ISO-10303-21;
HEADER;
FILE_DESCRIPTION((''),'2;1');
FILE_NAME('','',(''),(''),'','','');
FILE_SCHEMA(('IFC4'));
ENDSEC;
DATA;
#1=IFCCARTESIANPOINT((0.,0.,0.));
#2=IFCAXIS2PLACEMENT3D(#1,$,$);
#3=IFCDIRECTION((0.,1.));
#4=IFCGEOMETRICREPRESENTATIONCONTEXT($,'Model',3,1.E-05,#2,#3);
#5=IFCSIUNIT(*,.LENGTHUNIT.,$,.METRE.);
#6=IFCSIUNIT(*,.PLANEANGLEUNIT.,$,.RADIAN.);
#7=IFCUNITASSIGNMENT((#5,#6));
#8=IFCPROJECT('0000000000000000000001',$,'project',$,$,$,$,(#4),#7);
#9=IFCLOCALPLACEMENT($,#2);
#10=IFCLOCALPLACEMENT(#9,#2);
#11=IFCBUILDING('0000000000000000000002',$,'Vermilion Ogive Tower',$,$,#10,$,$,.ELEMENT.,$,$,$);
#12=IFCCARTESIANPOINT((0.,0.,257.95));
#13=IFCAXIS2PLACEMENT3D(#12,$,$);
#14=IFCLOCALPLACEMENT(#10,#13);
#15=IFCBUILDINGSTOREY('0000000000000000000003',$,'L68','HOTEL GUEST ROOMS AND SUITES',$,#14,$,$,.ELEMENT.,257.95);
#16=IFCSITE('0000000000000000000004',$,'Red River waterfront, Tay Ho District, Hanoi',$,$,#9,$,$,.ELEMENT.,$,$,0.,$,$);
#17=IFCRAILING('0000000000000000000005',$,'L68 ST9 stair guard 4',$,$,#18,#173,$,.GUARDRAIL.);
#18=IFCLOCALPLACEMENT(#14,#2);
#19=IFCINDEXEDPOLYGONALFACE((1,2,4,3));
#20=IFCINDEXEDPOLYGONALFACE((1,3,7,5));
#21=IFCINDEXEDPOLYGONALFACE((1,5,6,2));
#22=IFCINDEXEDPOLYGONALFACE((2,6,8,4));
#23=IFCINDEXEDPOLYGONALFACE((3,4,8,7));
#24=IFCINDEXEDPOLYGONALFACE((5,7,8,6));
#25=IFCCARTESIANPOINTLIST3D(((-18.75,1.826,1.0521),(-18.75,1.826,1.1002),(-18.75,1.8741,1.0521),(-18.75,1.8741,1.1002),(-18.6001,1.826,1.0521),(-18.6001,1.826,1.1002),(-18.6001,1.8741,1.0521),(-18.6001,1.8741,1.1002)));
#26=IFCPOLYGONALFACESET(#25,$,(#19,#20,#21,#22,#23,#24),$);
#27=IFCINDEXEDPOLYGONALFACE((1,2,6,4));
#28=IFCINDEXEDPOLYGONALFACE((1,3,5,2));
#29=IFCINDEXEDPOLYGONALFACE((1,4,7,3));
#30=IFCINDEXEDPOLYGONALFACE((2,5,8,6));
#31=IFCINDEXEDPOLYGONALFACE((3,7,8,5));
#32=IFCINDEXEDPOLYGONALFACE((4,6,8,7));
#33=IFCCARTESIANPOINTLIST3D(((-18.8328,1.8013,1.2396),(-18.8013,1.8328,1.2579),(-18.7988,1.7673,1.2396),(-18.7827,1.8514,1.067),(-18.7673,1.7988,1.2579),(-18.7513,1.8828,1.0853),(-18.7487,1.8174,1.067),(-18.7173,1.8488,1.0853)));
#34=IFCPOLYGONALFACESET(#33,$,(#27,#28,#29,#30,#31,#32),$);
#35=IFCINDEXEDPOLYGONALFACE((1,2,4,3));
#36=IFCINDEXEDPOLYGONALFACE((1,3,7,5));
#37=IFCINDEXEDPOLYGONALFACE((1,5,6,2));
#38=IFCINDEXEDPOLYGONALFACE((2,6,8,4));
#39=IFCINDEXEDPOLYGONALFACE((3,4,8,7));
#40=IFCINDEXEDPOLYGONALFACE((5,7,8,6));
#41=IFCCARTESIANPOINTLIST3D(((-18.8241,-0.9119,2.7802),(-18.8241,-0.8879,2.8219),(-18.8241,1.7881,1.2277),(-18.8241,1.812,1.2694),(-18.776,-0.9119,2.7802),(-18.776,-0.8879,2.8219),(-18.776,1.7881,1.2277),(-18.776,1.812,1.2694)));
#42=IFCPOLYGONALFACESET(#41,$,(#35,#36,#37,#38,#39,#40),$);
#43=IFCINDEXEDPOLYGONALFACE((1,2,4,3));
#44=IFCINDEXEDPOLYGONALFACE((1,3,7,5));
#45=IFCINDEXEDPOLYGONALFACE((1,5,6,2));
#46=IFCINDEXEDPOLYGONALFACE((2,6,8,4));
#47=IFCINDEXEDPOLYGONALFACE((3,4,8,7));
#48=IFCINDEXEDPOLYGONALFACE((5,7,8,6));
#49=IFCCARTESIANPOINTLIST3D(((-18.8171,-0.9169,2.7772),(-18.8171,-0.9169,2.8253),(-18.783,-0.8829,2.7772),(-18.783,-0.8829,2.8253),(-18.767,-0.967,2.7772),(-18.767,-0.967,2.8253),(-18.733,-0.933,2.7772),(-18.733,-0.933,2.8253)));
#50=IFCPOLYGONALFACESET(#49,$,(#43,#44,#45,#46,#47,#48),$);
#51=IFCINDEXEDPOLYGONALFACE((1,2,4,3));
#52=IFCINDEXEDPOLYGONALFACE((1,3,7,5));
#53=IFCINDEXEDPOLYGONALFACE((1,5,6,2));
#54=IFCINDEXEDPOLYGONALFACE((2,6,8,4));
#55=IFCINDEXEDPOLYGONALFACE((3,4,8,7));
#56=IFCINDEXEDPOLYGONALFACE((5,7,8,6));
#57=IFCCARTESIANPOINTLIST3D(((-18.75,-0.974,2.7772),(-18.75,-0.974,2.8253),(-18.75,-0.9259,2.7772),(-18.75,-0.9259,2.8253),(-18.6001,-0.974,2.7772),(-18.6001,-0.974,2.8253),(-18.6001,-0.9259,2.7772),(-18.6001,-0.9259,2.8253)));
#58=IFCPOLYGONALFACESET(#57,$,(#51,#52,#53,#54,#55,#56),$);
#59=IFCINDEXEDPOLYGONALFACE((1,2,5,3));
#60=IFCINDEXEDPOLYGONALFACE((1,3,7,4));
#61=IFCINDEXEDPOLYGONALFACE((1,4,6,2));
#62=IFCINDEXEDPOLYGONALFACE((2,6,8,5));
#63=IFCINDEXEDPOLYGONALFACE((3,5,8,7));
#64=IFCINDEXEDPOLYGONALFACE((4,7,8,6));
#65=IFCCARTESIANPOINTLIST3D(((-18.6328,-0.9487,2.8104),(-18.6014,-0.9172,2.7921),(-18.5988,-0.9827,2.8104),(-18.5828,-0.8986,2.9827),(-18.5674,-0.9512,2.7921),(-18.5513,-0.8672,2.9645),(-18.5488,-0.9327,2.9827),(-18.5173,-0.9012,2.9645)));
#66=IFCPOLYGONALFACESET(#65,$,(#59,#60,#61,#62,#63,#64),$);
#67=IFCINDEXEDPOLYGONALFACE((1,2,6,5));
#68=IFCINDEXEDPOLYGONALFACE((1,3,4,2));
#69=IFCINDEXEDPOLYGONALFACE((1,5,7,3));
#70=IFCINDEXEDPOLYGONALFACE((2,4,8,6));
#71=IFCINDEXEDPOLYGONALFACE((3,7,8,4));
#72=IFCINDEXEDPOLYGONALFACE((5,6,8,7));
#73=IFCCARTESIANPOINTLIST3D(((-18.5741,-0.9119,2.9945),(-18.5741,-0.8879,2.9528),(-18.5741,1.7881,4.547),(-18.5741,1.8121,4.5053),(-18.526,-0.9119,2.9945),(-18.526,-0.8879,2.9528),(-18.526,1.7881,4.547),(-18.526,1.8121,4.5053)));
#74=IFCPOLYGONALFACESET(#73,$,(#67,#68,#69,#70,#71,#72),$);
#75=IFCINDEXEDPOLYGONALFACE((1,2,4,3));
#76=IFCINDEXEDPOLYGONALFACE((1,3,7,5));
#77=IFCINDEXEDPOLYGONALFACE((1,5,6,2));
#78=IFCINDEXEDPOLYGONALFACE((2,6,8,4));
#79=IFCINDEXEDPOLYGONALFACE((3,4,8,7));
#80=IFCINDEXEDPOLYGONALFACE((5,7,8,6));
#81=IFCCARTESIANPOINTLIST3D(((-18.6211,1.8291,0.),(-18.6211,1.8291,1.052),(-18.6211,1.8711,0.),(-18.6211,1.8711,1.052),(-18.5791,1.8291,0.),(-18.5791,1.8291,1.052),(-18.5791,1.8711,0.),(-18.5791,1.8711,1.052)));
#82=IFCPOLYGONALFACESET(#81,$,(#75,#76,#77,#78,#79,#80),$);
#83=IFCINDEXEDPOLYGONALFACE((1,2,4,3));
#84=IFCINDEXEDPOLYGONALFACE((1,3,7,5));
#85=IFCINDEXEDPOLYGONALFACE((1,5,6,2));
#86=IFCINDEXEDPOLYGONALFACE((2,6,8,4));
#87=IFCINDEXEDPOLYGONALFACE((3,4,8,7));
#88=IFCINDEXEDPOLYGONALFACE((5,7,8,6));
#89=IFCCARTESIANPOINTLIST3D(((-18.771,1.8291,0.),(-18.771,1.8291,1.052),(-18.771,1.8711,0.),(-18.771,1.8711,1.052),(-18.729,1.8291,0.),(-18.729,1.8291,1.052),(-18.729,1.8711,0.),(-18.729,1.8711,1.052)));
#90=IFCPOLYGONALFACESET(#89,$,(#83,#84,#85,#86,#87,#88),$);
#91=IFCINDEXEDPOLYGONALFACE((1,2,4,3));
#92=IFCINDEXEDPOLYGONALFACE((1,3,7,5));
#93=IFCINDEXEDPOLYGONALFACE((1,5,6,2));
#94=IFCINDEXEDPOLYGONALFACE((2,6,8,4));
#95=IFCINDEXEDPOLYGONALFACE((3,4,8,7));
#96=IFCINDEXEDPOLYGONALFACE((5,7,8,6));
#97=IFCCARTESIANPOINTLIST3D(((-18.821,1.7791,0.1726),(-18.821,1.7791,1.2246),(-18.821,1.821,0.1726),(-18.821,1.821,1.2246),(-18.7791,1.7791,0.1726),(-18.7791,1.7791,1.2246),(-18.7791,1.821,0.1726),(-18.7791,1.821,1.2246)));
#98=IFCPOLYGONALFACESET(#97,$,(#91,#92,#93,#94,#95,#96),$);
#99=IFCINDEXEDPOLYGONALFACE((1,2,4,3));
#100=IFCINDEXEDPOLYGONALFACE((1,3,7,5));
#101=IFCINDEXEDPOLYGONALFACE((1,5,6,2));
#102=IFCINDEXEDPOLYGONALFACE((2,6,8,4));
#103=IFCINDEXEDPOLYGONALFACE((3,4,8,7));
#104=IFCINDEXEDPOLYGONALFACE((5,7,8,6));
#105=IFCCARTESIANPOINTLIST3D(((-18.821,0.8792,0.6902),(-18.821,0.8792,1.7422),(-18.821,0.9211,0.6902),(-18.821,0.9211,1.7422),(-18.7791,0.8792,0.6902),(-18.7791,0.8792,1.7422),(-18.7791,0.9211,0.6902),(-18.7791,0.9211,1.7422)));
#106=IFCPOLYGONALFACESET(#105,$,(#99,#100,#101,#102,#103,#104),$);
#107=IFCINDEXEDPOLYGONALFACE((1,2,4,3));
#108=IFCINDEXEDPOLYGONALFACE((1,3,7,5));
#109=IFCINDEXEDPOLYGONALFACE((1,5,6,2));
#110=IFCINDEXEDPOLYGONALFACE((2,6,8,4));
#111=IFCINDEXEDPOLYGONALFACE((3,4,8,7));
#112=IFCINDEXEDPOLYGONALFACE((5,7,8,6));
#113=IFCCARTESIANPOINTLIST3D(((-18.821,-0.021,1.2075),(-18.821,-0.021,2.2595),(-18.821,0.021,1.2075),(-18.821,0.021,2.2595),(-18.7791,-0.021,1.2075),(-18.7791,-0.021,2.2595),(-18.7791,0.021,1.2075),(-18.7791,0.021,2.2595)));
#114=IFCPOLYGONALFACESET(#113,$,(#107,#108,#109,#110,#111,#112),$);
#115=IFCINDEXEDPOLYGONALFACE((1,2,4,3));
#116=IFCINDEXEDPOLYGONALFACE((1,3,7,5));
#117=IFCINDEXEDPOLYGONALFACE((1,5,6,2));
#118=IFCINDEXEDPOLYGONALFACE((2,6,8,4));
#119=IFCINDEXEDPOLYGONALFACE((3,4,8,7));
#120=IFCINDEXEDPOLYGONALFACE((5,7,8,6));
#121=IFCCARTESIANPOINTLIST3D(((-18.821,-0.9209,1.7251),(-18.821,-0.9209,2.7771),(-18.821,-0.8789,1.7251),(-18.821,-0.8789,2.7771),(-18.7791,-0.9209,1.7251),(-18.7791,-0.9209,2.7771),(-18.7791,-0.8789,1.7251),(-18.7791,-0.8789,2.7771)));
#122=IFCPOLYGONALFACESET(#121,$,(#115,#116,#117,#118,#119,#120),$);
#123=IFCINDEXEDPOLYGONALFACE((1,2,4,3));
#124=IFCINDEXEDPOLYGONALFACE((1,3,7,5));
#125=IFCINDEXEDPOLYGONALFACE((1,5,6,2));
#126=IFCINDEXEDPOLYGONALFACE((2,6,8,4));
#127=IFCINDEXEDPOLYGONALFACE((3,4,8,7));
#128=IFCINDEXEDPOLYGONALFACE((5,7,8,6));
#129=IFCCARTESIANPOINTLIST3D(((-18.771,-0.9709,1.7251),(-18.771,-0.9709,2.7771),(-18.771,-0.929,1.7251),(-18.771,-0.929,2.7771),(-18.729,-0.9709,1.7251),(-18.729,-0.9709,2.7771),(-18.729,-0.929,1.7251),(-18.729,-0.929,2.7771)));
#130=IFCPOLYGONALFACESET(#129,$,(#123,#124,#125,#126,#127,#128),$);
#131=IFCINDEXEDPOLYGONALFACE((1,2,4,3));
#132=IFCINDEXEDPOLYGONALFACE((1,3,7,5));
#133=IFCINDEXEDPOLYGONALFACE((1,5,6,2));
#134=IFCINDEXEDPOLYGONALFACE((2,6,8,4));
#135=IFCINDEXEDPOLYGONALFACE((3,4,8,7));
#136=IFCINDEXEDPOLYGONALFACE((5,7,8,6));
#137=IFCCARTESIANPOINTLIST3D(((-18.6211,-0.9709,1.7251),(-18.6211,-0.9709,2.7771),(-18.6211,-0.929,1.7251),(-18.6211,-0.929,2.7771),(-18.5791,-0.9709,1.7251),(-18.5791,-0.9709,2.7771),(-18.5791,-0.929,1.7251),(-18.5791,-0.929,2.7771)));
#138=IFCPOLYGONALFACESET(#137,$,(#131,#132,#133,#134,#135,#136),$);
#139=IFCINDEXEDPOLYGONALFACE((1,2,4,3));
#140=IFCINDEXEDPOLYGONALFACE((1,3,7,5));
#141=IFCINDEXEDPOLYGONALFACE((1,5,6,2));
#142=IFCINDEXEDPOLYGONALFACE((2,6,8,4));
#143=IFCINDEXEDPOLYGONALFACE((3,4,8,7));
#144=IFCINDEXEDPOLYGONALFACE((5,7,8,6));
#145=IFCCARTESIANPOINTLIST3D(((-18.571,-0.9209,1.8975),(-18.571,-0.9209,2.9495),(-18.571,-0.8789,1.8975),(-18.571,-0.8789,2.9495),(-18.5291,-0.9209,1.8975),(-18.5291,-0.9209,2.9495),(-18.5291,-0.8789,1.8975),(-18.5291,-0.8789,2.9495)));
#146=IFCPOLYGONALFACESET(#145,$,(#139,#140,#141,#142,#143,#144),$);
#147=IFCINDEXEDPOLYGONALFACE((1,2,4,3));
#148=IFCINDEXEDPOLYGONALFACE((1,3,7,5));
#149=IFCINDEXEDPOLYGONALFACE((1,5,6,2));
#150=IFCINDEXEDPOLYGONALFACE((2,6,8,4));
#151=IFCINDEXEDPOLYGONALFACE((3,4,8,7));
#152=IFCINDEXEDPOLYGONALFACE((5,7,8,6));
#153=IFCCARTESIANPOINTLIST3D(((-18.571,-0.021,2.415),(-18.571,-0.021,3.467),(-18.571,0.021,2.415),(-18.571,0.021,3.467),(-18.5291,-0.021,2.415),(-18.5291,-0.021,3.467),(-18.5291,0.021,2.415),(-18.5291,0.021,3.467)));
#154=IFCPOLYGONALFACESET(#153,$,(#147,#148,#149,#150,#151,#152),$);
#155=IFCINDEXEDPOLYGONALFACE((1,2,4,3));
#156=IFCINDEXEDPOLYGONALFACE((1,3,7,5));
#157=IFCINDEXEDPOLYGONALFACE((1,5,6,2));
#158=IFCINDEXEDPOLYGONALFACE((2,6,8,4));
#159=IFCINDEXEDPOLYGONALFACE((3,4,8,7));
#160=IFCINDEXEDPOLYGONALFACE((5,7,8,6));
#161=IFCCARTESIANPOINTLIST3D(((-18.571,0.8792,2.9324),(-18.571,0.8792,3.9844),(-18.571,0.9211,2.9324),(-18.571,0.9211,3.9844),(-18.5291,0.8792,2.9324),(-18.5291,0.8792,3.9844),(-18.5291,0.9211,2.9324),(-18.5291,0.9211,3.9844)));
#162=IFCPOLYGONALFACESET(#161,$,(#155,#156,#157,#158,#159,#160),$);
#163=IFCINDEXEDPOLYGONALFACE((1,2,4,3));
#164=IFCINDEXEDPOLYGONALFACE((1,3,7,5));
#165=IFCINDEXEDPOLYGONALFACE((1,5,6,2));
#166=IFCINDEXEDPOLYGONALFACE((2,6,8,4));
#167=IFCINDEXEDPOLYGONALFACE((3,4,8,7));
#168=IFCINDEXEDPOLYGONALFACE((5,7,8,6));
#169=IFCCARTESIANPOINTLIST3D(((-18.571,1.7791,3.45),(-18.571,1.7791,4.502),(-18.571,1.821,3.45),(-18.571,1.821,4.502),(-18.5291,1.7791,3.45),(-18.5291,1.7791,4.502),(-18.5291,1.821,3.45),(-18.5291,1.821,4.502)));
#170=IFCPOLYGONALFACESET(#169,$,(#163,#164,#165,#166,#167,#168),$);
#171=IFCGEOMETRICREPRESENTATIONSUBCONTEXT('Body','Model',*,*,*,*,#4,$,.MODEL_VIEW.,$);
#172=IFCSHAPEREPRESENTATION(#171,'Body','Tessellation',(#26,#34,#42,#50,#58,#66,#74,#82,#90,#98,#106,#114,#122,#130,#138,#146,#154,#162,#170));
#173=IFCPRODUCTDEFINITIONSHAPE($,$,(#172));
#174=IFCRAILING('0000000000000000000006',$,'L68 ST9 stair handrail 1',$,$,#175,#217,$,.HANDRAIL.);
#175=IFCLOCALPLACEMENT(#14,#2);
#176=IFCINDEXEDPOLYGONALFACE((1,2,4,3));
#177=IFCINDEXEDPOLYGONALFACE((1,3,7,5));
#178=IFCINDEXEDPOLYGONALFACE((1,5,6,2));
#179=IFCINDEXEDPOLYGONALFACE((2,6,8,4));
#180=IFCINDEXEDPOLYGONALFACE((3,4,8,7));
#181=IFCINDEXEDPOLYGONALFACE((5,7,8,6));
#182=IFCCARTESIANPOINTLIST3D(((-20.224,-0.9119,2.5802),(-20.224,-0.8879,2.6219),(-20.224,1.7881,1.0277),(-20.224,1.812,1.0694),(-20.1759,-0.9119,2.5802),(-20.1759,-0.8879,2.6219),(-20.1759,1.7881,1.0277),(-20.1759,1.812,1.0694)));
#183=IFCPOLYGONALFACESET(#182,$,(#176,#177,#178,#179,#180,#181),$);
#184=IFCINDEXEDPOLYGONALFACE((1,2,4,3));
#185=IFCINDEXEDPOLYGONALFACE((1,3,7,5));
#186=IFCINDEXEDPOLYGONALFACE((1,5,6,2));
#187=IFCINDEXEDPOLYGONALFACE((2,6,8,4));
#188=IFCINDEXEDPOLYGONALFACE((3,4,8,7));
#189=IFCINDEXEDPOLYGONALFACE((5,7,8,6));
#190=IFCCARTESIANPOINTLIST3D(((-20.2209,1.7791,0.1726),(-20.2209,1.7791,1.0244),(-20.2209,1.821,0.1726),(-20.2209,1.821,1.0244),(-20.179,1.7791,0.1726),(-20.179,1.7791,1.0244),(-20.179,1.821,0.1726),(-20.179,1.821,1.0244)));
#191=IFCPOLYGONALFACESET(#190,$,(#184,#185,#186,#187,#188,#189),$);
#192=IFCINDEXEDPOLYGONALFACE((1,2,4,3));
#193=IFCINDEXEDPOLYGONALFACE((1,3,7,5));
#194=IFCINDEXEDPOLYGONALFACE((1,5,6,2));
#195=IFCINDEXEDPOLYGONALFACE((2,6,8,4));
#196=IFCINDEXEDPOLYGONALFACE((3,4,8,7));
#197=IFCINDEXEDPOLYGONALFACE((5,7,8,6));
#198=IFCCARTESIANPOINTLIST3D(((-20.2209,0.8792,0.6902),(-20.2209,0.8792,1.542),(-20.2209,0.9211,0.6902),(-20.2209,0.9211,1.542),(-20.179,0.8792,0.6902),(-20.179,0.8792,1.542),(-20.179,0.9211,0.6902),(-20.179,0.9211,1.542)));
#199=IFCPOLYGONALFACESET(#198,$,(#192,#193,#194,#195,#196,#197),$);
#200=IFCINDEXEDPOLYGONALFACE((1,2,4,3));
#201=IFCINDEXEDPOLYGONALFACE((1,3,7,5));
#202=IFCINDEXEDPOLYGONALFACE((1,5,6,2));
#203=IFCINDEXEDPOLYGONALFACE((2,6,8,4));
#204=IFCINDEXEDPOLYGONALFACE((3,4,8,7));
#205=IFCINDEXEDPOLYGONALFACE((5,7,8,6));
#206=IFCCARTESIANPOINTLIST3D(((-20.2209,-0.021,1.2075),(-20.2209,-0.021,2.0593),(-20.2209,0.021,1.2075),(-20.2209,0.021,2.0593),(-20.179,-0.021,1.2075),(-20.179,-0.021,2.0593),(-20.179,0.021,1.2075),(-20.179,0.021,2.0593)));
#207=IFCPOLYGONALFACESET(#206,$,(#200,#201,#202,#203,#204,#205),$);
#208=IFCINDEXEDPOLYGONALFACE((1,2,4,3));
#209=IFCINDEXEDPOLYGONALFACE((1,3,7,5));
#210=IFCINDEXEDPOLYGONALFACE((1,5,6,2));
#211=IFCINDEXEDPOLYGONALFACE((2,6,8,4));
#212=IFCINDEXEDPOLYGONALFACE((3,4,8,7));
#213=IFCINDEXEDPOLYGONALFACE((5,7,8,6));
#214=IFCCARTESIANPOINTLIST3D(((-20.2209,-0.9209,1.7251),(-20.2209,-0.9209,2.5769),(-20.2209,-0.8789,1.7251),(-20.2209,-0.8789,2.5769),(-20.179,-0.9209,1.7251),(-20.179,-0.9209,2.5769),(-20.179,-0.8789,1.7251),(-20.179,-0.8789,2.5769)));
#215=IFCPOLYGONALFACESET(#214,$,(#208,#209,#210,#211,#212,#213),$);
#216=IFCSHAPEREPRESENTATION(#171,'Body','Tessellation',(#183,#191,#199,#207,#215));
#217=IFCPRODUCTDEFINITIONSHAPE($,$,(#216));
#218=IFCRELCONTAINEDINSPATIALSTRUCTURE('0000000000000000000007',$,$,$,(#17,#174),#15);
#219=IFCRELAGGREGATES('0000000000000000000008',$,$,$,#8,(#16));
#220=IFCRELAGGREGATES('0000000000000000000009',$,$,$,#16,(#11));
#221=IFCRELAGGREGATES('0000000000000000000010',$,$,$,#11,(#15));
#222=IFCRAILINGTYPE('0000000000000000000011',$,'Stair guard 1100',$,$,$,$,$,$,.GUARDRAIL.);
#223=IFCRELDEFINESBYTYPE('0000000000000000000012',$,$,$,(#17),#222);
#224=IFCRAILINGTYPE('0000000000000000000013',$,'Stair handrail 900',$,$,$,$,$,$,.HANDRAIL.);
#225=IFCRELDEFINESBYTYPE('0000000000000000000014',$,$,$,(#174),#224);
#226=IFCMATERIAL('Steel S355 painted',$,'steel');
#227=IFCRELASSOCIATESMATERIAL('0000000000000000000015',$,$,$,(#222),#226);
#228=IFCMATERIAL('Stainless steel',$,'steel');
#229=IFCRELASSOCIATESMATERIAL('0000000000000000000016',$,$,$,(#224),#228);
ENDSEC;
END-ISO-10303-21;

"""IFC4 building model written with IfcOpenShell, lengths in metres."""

from ifc_helpers import new_model, si_unit, direction, frame, origin, origin_2d, place, context, subcontext, project, spatial, rectangle, extrude, material, type_object, element, save


model = new_model("IFC4")

# Units and contexts
model_context = context("Model", 3, precision=1e-05, world=origin(), true_north=direction((0.0, 1.0)))
body_context = subcontext(model_context, "Body", "Model", "MODEL_VIEW")
ifc_project = project(units=[si_unit("LENGTHUNIT", "METRE"), si_unit("PLANEANGLEUNIT", "RADIAN")], contexts=[model_context])

# Site, building, storey
site_placement = place(None, origin())
site = spatial("IfcSite", under=ifc_project, at=site_placement, Name="Red River waterfront, Tay Ho District, Hanoi", CompositionType="ELEMENT", RefElevation=0.0)
building_placement = place(site_placement, origin())
building = spatial("IfcBuilding", under=site, at=building_placement, Name="Vermilion Ogive Tower", CompositionType="ELEMENT")
storey_placement = place(building_placement, frame((0.0, 0.0, 257.95)))
storey = spatial("IfcBuildingStorey", under=building, at=storey_placement, Name="L68", Description="HOTEL GUEST ROOMS AND SUITES", CompositionType="ELEMENT", Elevation=257.95)

# Railings
ifc_material_1 = material(Name="Steel S355 painted", Category="steel")
railing_type_1 = type_object("IfcRailingType", Name="Stair guard 1100", PredefinedType="GUARDRAIL", material=ifc_material_1)
railing_1_placement = place(storey_placement, frame((-18.6001, 1.8501, 0.0)))
element("IfcRailing", 1, at=railing_1_placement, inside=storey, type_object=railing_type_1, Name="L68 ST9 stair guard 4", PredefinedType="GUARDRAIL", context=body_context, shape_type="SweptSolid", body=[
    extrude(rectangle(XDim=0.0481, YDim=0.0481, at=origin_2d()), frame((0.0, 0.0, 1.0762), z_axis=(-1.0, 0.0, 0.0), x_axis=(0.0, -1.0, 0.0)), (0.0, 0.0, 1.0), 0.1499),
    extrude(rectangle(XDim=0.0481, YDim=0.0481, at=origin_2d()), frame((-0.1499, 0.0, 1.0762), z_axis=(-0.268278, -0.268278, 0.925232), x_axis=(0.707107, -0.707107, 0.0)), (0.0, 0.0, 1.0), 0.1865),
    extrude(rectangle(XDim=0.0481, YDim=0.0481, at=origin_2d()), frame((-0.2, -0.05, 1.2485), z_axis=(0.0, -0.866904, 0.498476), x_axis=(1.0, 0.0, 0.0)), (0.0, 0.0, 1.0), 3.1145),
    extrude(rectangle(XDim=0.0481, YDim=0.0481, at=origin_2d()), frame((-0.2, -2.75, 2.8013), z_axis=(0.707107, -0.707107, 0.0), x_axis=(0.707107, 0.707107, 0.0)), (0.0, 0.0, 1.0), 0.0708),
    extrude(rectangle(XDim=0.0481, YDim=0.0481, at=origin_2d()), frame((-0.1499, -2.8, 2.8013), z_axis=(1.0, 0.0, 0.0), x_axis=(0.0, 1.0, 0.0)), (0.0, 0.0, 1.0), 0.1499),
    extrude(rectangle(XDim=0.0481, YDim=0.0481, at=origin_2d()), frame((0.0, -2.8, 2.8013), z_axis=(0.268603, 0.268603, 0.925043), x_axis=(-0.707107, 0.707107, 0.0)), (0.0, 0.0, 1.0), 0.1863),
    extrude(rectangle(XDim=0.0481, YDim=0.0481, at=origin_2d()), frame((0.05, -2.75, 2.9736), z_axis=(0.0, 0.866904, 0.498476), x_axis=(-1.0, 0.0, 0.0)), (0.0, 0.0, 1.0), 3.1145),
    extrude(rectangle(XDim=0.042, YDim=0.042, at=origin_2d()), origin(), (0.0, 0.0, 1.0), 1.052),
    extrude(rectangle(XDim=0.042, YDim=0.042, at=origin_2d()), frame((-0.1499, 0.0, 0.0)), (0.0, 0.0, 1.0), 1.052),
    extrude(rectangle(XDim=0.042, YDim=0.042, at=origin_2d()), frame((-0.2, -0.05, 0.1726)), (0.0, 0.0, 1.0), 1.052),
    extrude(rectangle(XDim=0.042, YDim=0.042, at=origin_2d()), frame((-0.2, -0.95, 0.6902)), (0.0, 0.0, 1.0), 1.052),
    extrude(rectangle(XDim=0.042, YDim=0.042, at=origin_2d()), frame((-0.2, -1.8501, 1.2075)), (0.0, 0.0, 1.0), 1.052),
    extrude(rectangle(XDim=0.042, YDim=0.042, at=origin_2d()), frame((-0.2, -2.75, 1.7251)), (0.0, 0.0, 1.0), 1.052),
    extrude(rectangle(XDim=0.042, YDim=0.042, at=origin_2d()), frame((-0.1499, -2.8, 1.7251)), (0.0, 0.0, 1.0), 1.052),
    extrude(rectangle(XDim=0.042, YDim=0.042, at=origin_2d()), frame((0.0, -2.8, 1.7251)), (0.0, 0.0, 1.0), 1.052),
    extrude(rectangle(XDim=0.042, YDim=0.042, at=origin_2d()), frame((0.05, -2.75, 1.8975)), (0.0, 0.0, 1.0), 1.052),
    extrude(rectangle(XDim=0.042, YDim=0.042, at=origin_2d()), frame((0.05, -1.8501, 2.415)), (0.0, 0.0, 1.0), 1.052),
    extrude(rectangle(XDim=0.042, YDim=0.042, at=origin_2d()), frame((0.05, -0.95, 2.9324)), (0.0, 0.0, 1.0), 1.052),
    extrude(rectangle(XDim=0.042, YDim=0.042, at=origin_2d()), frame((0.05, -0.05, 3.45)), (0.0, 0.0, 1.0), 1.052),
])
ifc_material_2 = material(Name="Stainless steel", Category="steel")
railing_type_2 = type_object("IfcRailingType", Name="Stair handrail 900", PredefinedType="HANDRAIL", material=ifc_material_2)
railing_2_placement = place(storey_placement, frame((-20.2, 1.8, 0.1726)))
element("IfcRailing", 2, at=railing_2_placement, inside=storey, type_object=railing_type_2, Name="L68 ST9 stair handrail 1", PredefinedType="HANDRAIL", context=body_context, shape_type="SweptSolid", body=[
    extrude(rectangle(XDim=0.0481, YDim=0.0481, at=origin_2d()), frame((0.0, 0.0, 0.876), z_axis=(0.0, -0.866904, 0.498476), x_axis=(1.0, 0.0, 0.0)), (0.0, 0.0, 1.0), 3.1145),
    extrude(rectangle(XDim=0.042, YDim=0.042, at=origin_2d()), origin(), (0.0, 0.0, 1.0), 0.8518),
    extrude(rectangle(XDim=0.042, YDim=0.042, at=origin_2d()), frame((0.0, -0.8999, 0.5176)), (0.0, 0.0, 1.0), 0.8518),
    extrude(rectangle(XDim=0.042, YDim=0.042, at=origin_2d()), frame((0.0, -1.8, 1.0349)), (0.0, 0.0, 1.0), 0.8518),
    extrude(rectangle(XDim=0.042, YDim=0.042, at=origin_2d()), frame((0.0, -2.7, 1.5525)), (0.0, 0.0, 1.0), 0.8518),
])

save(model, "model.ifc")
